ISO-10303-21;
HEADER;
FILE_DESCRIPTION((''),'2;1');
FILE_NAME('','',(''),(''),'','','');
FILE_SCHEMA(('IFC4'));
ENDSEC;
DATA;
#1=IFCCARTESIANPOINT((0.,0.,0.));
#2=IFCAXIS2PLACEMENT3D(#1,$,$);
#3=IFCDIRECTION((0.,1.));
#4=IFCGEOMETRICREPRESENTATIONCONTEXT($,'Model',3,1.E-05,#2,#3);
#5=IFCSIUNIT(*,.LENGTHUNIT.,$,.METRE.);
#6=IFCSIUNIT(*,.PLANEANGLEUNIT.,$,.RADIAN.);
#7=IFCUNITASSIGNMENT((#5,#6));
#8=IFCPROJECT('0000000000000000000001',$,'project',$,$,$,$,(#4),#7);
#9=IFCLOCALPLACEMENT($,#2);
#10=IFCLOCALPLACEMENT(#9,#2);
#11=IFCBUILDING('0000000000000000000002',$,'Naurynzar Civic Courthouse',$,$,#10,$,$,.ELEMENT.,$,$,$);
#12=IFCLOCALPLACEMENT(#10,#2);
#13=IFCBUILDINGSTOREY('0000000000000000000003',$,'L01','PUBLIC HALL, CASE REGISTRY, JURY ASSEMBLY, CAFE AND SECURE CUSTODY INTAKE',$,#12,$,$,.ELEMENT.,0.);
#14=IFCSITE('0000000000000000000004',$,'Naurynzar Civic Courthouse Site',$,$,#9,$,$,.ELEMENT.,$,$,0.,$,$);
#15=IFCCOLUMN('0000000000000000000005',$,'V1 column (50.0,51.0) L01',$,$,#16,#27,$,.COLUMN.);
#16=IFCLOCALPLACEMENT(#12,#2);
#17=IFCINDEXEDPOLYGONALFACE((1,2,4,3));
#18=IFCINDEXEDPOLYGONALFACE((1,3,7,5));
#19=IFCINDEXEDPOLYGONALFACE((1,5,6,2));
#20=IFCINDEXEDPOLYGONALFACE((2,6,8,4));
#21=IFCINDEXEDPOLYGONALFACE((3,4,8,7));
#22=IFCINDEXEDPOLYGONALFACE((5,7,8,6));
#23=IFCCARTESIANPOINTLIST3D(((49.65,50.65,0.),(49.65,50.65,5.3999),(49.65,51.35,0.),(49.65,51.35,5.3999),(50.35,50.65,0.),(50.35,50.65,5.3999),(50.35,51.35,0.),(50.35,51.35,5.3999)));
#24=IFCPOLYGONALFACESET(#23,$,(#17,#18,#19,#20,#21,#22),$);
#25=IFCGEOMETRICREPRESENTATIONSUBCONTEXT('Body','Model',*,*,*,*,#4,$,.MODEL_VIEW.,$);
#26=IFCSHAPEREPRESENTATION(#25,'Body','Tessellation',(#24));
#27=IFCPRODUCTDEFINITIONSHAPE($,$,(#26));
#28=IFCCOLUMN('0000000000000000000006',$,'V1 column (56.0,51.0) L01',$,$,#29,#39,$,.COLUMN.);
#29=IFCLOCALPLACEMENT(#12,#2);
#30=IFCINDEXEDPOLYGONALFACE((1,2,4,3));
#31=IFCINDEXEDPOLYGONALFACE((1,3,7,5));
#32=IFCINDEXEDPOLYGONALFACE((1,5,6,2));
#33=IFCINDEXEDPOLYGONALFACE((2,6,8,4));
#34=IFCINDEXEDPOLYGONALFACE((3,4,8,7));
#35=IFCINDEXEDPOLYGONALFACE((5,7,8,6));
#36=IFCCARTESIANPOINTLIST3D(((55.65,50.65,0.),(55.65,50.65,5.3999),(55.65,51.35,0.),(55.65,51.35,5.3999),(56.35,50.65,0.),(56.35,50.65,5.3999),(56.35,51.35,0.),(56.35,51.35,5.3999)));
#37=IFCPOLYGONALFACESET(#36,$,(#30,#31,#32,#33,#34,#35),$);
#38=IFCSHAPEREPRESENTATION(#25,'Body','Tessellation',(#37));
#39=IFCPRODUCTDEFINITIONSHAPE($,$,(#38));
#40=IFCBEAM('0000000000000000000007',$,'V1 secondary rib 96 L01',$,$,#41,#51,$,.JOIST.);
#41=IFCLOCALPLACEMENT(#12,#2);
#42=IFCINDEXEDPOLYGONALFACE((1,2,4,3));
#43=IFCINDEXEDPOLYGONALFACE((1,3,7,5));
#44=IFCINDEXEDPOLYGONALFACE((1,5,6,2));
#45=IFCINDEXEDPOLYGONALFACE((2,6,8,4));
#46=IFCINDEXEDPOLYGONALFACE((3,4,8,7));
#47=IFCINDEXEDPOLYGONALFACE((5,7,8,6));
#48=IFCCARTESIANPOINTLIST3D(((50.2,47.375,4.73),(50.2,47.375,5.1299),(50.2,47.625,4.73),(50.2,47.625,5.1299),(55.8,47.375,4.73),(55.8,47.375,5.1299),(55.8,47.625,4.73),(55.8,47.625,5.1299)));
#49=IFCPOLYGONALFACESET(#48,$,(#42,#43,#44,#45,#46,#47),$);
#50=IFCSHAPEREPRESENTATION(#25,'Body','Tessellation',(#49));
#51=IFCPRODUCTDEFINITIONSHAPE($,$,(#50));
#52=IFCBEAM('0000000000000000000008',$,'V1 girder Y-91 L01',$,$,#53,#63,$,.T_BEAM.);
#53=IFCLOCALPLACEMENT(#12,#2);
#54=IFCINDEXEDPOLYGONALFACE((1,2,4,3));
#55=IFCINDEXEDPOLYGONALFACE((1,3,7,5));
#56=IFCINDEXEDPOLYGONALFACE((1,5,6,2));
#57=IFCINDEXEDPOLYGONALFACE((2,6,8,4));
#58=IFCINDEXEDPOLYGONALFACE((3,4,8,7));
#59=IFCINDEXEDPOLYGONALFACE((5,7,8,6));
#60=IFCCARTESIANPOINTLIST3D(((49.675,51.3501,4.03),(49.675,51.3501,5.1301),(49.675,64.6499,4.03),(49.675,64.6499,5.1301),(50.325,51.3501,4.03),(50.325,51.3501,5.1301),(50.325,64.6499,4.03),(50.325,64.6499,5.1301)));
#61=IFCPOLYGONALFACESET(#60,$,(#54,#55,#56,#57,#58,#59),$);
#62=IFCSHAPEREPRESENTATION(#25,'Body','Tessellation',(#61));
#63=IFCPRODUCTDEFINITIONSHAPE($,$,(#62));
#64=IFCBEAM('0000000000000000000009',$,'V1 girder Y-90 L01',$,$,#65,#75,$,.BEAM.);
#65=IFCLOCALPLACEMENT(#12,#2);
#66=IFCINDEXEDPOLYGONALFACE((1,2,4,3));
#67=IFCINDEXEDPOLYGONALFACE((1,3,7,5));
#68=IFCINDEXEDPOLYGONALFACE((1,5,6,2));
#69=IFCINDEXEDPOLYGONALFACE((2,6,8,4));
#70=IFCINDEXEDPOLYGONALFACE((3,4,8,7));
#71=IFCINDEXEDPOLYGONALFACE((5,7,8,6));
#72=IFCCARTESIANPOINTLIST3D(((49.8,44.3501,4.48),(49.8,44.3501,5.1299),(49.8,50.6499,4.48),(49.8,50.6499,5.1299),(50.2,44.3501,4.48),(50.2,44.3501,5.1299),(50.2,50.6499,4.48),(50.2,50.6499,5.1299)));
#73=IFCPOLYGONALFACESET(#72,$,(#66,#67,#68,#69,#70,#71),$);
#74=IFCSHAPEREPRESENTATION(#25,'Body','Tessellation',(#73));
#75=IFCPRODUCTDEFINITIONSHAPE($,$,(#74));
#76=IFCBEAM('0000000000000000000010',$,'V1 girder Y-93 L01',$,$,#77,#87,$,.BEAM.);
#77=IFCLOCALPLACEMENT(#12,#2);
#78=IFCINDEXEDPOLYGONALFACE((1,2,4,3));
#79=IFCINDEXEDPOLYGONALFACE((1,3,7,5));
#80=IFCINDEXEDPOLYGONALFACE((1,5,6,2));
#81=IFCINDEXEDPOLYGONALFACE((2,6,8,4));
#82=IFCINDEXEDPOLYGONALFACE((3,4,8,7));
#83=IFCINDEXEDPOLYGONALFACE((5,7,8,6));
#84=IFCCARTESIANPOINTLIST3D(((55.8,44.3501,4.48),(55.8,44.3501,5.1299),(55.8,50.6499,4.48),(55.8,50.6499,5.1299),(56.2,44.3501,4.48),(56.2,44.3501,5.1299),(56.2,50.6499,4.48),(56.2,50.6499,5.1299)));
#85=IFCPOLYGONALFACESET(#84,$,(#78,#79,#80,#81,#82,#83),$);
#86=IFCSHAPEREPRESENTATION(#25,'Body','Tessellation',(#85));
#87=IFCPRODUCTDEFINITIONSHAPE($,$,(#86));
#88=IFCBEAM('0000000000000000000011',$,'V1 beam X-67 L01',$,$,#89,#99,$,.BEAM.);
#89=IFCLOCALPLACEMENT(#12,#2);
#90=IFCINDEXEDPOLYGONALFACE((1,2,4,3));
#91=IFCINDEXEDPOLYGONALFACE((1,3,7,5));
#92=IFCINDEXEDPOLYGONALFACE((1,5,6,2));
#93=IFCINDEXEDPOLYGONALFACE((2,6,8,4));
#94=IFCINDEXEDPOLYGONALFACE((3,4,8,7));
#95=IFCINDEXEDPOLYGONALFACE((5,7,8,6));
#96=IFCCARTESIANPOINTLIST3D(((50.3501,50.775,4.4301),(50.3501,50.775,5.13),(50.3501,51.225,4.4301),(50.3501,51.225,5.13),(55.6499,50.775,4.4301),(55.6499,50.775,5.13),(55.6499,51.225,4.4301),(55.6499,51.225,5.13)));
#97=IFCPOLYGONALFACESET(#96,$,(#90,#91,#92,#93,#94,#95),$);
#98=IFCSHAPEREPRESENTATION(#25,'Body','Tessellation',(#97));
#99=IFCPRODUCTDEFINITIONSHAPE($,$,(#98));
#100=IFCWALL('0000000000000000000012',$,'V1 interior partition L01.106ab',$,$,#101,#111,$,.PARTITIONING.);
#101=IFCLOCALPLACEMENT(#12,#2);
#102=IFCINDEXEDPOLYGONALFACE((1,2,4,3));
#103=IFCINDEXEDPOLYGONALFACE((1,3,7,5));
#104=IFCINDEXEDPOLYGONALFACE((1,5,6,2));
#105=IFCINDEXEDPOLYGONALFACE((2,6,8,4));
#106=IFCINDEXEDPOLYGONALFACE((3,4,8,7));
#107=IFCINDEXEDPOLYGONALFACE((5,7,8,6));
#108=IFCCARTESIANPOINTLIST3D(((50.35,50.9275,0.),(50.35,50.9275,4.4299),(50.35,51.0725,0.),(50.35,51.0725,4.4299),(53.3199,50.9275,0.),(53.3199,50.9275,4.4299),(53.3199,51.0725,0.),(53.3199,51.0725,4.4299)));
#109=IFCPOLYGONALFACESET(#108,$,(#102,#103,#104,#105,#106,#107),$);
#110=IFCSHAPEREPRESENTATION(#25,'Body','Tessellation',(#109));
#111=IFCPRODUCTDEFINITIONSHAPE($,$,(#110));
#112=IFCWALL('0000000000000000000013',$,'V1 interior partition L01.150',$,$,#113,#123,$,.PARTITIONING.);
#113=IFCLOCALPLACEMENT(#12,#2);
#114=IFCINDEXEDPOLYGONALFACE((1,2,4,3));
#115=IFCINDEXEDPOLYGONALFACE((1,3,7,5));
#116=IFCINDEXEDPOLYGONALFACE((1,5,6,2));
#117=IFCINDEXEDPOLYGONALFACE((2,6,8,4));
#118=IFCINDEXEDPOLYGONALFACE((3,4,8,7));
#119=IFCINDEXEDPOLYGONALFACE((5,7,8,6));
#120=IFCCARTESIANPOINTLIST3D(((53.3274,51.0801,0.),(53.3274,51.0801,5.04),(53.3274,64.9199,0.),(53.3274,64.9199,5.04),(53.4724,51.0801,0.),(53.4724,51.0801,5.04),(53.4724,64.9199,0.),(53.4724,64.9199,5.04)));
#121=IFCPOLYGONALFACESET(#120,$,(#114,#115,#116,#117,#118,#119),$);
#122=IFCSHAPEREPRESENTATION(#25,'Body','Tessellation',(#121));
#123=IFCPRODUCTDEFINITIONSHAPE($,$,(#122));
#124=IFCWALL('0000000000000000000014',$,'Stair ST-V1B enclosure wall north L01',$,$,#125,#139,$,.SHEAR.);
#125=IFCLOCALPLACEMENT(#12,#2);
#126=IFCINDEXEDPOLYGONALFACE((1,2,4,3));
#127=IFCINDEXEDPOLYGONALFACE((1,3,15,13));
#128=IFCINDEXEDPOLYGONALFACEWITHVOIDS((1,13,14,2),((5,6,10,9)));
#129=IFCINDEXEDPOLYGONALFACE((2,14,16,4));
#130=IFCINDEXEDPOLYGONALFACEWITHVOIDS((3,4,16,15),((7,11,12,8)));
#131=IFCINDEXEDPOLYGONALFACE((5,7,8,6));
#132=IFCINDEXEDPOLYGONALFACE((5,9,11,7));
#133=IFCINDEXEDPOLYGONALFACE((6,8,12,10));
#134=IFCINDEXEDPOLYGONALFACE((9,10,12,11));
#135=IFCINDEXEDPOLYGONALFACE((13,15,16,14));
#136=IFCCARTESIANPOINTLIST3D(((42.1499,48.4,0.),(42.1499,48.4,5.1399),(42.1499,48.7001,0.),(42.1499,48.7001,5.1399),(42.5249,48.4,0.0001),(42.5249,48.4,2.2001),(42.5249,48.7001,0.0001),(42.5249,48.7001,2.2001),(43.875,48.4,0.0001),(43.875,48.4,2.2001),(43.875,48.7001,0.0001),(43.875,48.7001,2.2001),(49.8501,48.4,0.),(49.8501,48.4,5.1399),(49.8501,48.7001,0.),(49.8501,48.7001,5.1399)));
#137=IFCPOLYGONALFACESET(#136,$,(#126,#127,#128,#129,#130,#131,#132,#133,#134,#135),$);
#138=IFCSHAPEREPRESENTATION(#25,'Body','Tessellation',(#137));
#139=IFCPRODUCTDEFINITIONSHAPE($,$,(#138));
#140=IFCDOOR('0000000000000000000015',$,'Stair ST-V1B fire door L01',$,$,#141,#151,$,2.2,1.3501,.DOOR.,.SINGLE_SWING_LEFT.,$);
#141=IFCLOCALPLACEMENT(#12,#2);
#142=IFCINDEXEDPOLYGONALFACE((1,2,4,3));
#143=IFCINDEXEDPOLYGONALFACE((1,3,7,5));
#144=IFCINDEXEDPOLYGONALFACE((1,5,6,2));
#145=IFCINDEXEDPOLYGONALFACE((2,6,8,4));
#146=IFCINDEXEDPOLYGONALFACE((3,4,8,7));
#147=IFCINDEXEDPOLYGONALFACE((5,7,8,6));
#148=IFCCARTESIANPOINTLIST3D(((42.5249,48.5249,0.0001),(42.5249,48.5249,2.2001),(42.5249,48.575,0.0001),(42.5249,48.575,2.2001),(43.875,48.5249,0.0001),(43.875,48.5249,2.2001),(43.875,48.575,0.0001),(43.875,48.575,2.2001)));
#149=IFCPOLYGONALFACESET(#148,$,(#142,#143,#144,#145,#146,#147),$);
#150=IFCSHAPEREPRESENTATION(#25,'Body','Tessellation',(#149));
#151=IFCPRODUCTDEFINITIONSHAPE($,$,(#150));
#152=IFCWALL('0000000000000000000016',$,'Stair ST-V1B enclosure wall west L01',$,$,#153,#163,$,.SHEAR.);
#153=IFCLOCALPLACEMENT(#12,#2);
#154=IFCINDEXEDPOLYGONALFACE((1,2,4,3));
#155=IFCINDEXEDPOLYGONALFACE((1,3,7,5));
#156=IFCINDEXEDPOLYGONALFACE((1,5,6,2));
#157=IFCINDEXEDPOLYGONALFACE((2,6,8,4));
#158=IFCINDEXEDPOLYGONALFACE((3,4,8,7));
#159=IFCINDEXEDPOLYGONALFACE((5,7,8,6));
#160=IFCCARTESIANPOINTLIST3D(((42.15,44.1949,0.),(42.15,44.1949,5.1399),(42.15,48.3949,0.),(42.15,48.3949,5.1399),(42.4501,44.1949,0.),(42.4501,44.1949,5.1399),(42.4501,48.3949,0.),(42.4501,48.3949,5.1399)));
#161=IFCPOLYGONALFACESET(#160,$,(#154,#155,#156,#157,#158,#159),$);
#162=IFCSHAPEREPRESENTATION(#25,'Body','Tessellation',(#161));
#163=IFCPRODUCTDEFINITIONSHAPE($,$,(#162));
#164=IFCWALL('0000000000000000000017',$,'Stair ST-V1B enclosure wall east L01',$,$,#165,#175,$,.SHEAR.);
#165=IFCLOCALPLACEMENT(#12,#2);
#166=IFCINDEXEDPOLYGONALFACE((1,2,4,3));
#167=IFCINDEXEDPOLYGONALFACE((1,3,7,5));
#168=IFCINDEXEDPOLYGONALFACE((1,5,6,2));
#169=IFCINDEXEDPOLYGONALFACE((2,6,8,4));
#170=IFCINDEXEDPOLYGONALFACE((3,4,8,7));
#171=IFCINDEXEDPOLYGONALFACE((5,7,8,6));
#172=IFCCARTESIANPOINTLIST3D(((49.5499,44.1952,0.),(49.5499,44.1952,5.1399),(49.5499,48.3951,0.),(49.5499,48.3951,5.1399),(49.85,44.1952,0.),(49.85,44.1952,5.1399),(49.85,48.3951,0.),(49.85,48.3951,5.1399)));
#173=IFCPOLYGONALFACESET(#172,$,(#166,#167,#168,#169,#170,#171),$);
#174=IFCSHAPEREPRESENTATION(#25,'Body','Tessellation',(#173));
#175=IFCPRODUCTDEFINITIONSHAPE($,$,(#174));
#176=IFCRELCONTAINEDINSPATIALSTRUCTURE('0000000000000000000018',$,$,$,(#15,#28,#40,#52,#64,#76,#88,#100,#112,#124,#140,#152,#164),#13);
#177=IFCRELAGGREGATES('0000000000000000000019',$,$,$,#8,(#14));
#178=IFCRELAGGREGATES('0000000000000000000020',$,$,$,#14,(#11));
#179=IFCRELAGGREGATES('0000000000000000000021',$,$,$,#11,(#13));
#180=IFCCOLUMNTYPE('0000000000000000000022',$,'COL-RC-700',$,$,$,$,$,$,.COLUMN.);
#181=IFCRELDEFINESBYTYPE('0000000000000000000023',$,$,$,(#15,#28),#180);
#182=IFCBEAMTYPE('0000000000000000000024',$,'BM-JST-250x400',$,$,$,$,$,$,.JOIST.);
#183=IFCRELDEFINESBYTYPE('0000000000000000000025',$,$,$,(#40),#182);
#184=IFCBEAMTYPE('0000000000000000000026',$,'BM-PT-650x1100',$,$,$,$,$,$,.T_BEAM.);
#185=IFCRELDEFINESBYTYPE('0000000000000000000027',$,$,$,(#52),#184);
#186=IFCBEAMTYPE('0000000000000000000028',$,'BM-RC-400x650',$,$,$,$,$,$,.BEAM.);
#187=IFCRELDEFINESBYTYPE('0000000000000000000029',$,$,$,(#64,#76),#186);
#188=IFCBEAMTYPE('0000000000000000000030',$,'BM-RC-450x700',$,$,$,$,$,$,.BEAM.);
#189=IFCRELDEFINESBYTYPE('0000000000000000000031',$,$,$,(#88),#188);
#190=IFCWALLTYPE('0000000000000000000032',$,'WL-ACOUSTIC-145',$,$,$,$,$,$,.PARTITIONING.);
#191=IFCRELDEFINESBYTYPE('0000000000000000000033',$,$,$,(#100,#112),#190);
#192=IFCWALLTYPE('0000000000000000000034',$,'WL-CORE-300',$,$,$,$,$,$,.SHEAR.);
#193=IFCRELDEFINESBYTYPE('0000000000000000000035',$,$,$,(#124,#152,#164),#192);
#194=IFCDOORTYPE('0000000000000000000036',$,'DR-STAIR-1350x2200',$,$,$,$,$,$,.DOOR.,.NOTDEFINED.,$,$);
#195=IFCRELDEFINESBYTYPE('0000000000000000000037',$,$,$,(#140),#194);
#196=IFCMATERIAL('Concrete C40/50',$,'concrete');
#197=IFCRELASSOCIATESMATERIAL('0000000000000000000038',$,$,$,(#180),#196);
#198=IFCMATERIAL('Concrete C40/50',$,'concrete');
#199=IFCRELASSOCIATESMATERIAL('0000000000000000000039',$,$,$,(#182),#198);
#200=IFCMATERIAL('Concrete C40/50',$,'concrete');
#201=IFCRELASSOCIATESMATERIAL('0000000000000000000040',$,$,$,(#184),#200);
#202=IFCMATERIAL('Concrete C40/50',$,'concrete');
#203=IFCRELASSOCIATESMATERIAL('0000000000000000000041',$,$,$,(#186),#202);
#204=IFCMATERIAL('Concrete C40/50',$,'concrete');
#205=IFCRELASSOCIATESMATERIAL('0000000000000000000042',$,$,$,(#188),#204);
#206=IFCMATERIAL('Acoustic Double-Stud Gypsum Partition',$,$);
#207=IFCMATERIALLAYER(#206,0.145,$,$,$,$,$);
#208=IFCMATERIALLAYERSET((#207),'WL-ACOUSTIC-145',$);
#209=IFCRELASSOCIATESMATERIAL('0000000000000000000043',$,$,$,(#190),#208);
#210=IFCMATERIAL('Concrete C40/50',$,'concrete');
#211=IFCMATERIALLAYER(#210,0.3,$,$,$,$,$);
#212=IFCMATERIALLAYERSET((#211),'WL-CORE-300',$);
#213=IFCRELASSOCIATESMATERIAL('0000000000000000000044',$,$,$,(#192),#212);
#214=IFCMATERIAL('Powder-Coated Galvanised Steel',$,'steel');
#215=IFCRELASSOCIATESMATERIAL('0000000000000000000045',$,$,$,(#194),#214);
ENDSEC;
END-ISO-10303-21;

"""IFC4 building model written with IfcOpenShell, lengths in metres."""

from ifc_helpers import new_model, si_unit, direction, frame, frame_2d, origin, origin_2d, place, context, subcontext, project, spatial, rectangle, extrude, material, layer, layer_set, material_profile, profile_set, type_object, element, fill, save


model = new_model("IFC4")

# Units and contexts
model_context = context("Model", 3, precision=1e-05, world=origin(), true_north=direction((0.0, 1.0)))
body_context = subcontext(model_context, "Body", "Model", "MODEL_VIEW")
ifc_project = project(units=[si_unit("LENGTHUNIT", "METRE"), si_unit("PLANEANGLEUNIT", "RADIAN")], contexts=[model_context])

# Site, building, storey
site_placement = place(None, origin())
site = spatial("IfcSite", under=ifc_project, at=site_placement, Name="Naurynzar Civic Courthouse Site", CompositionType="ELEMENT", RefElevation=0.0)
building_placement = place(site_placement, origin())
building = spatial("IfcBuilding", under=site, at=building_placement, Name="Naurynzar Civic Courthouse", CompositionType="ELEMENT")
storey_placement = place(building_placement, origin())
storey = spatial("IfcBuildingStorey", under=building, at=storey_placement, Name="L01", Description="PUBLIC HALL, CASE REGISTRY, JURY ASSEMBLY, CAFE AND SECURE CUSTODY INTAKE", CompositionType="ELEMENT", Elevation=0.0)

# Columns
ifc_material_1 = material(Name="Concrete C40/50", Category="concrete")
ifc_material_profile_1 = material_profile(ifc_material_1, rectangle(XDim=0.7, YDim=0.7, at=origin_2d()), Name="RC 700x700")
ifc_profile_set_1 = profile_set([ifc_material_profile_1], Name="Concrete C40/50")
column_type = type_object("IfcColumnType", Name="COL-RC-700", PredefinedType="COLUMN", material=ifc_profile_set_1)
for number, where, z_axis, x_axis, name in (
    (1, (50.0, 51.0, 0.0), (0.0, 0.0, 1.0), (1.0, 0.0, 0.0), "V1 column (50.0,51.0) L01"),
    (2, (56.0, 51.0, 0.0), (0.0, 0.0, 1.0), (1.0, 0.0, 0.0), "V1 column (56.0,51.0) L01"),
):
    element("IfcColumn", number, at=place(storey_placement, frame(where, z_axis=z_axis, x_axis=x_axis)), inside=storey, type_object=column_type, Name=name, PredefinedType="COLUMN", context=body_context, shape_type="SweptSolid", body=[
        extrude(rectangle(XDim=0.7, YDim=0.7, at=origin_2d()), origin(), (0.0, 0.0, 1.0), 5.3999),
    ])

# Beams
ifc_material_2 = material(Name="Concrete C40/50", Category="concrete")
ifc_material_profile_2 = material_profile(ifc_material_2, rectangle(XDim=0.25, YDim=0.3999, at=origin_2d()), Name="RCB 250x400")
ifc_profile_set_2 = profile_set([ifc_material_profile_2], Name="Concrete C40/50")
beam_type_1 = type_object("IfcBeamType", Name="BM-JST-250x400", PredefinedType="JOIST", material=ifc_profile_set_2)
beam_1_placement = place(storey_placement, frame((50.2, 47.5, 4.9299), z_axis=(1.0, 0.0, 0.0), x_axis=(0.0, 1.0, 0.0)))
element("IfcBeam", 3, at=beam_1_placement, inside=storey, type_object=beam_type_1, Name="V1 secondary rib 96 L01", PredefinedType="JOIST", context=body_context, shape_type="SweptSolid", body=[
    extrude(rectangle(XDim=0.25, YDim=0.3999, at=origin_2d()), origin(), (0.0, 0.0, 1.0), 5.6001),
])
ifc_material_3 = material(Name="Concrete C40/50", Category="concrete")
ifc_material_profile_3 = material_profile(ifc_material_3, rectangle(XDim=0.6499, YDim=1.1001, at=origin_2d()), Name="PTB 650x1100")
ifc_profile_set_3 = profile_set([ifc_material_profile_3], Name="Concrete C40/50")
beam_type_2 = type_object("IfcBeamType", Name="BM-PT-650x1100", PredefinedType="T_BEAM", material=ifc_profile_set_3)
beam_2_placement = place(storey_placement, frame((50.0, 51.3501, 4.5801), z_axis=(0.0, 1.0, 0.0), x_axis=(-1.0, 0.0, 0.0)))
element("IfcBeam", 4, at=beam_2_placement, inside=storey, type_object=beam_type_2, Name="V1 girder Y-91 L01", PredefinedType="T_BEAM", context=body_context, shape_type="SweptSolid", body=[
    extrude(rectangle(XDim=0.6499, YDim=1.1001, at=origin_2d()), origin(), (0.0, 0.0, 1.0), 13.2998),
])
ifc_material_4 = material(Name="Concrete C40/50", Category="concrete")
ifc_material_profile_4 = material_profile(ifc_material_4, rectangle(XDim=0.3999, YDim=0.6499, at=origin_2d()), Name="RCB 400x650")
ifc_profile_set_4 = profile_set([ifc_material_profile_4], Name="Concrete C40/50")
beam_type_3 = type_object("IfcBeamType", Name="BM-RC-400x650", PredefinedType="BEAM", material=ifc_profile_set_4)
for number, where, z_axis, x_axis, name in (
    (5, (50.0, 44.3501, 4.8049), (0.0, 1.0, 0.0), (-1.0, 0.0, 0.0), "V1 girder Y-90 L01"),
    (6, (56.0, 44.3501, 4.8049), (0.0, 1.0, 0.0), (-1.0, 0.0, 0.0), "V1 girder Y-93 L01"),
):
    element("IfcBeam", number, at=place(storey_placement, frame(where, z_axis=z_axis, x_axis=x_axis)), inside=storey, type_object=beam_type_3, Name=name, PredefinedType="BEAM", context=body_context, shape_type="SweptSolid", body=[
        extrude(rectangle(XDim=0.3999, YDim=0.6499, at=origin_2d()), origin(), (0.0, 0.0, 1.0), 6.2998),
    ])
ifc_material_5 = material(Name="Concrete C40/50", Category="concrete")
ifc_material_profile_5 = material_profile(ifc_material_5, rectangle(XDim=0.45, YDim=0.7, at=origin_2d()), Name="RCB 450x700")
ifc_profile_set_5 = profile_set([ifc_material_profile_5], Name="Concrete C40/50")
beam_type_4 = type_object("IfcBeamType", Name="BM-RC-450x700", PredefinedType="BEAM", material=ifc_profile_set_5)
beam_3_placement = place(storey_placement, frame((50.3501, 51.0, 4.78), z_axis=(1.0, 0.0, 0.0), x_axis=(0.0, 1.0, 0.0)))
element("IfcBeam", 7, at=beam_3_placement, inside=storey, type_object=beam_type_4, Name="V1 beam X-67 L01", PredefinedType="BEAM", context=body_context, shape_type="SweptSolid", body=[
    extrude(rectangle(XDim=0.45, YDim=0.7, at=origin_2d()), origin(), (0.0, 0.0, 1.0), 5.2998),
])

# Walls
ifc_material_6 = material(Name="Acoustic Double-Stud Gypsum Partition")
ifc_layer_1 = layer(ifc_material_6, 0.145)
ifc_layer_set_1 = layer_set([ifc_layer_1], Name="WL-ACOUSTIC-145")
wall_type_1 = type_object("IfcWallType", Name="WL-ACOUSTIC-145", PredefinedType="PARTITIONING", material=ifc_layer_set_1)
wall_1_placement = place(storey_placement, frame((50.3501, 51.0, 0.0), z_axis=(0.0, 0.0, 1.0), x_axis=(1.0, 0.0, 0.0)))
element("IfcWall", 8, at=wall_1_placement, inside=storey, type_object=wall_type_1, Name="V1 interior partition L01.106ab", PredefinedType="PARTITIONING", context=body_context, shape_type="SweptSolid", body=[
    extrude(rectangle(XDim=2.97, YDim=0.145, at=frame_2d((1.4849, 0.0))), origin(), (0.0, 0.0, 1.0), 4.4299),
])
wall_2_placement = place(storey_placement, frame((53.3999, 51.0801, 0.0), z_axis=(0.0, 0.0, 1.0), x_axis=(0.0, 1.0, 0.0)))
element("IfcWall", 9, at=wall_2_placement, inside=storey, type_object=wall_type_1, Name="V1 interior partition L01.150", PredefinedType="PARTITIONING", context=body_context, shape_type="SweptSolid", body=[
    extrude(rectangle(XDim=13.8398, YDim=0.145, at=frame_2d((6.9199, 0.0))), origin(), (0.0, 0.0, 1.0), 5.04),
])

# Wall, opening, door
ifc_material_7 = material(Name="Concrete C40/50", Category="concrete")
ifc_layer_2 = layer(ifc_material_7, 0.3)
ifc_layer_set_2 = layer_set([ifc_layer_2], Name="WL-CORE-300")
wall_type_2 = type_object("IfcWallType", Name="WL-CORE-300", PredefinedType="SHEAR", material=ifc_layer_set_2)
wall_3_placement = place(storey_placement, frame((42.1499, 48.55, 0.0), z_axis=(0.0, 0.0, 1.0), x_axis=(1.0, 0.0, 0.0)))
wall_3 = element("IfcWall", 10, at=wall_3_placement, inside=storey, type_object=wall_type_2, Name="Stair ST-V1B enclosure wall north L01", PredefinedType="SHEAR", context=body_context, shape_type="SweptSolid", body=[
    extrude(rectangle(XDim=7.7002, YDim=0.3, at=frame_2d((3.8501, 0.0))), origin(), (0.0, 0.0, 1.0), 5.1399),
])
opening_1_placement = place(wall_3_placement, frame((0.375, 0.0, 0.0)))
opening_1 = element("IfcOpeningElement", 11, at=opening_1_placement, cuts=wall_3, PredefinedType="OPENING", context=body_context, shape_type="SweptSolid", body=[
    extrude(rectangle(XDim=1.3501, YDim=2.2, at=frame_2d((0.675, 1.1001))), frame((0.0, 0.1599, 0.0), z_axis=(0.0, -1.0, 0.0), x_axis=(1.0, 0.0, 0.0)), (0.0, 0.0, 1.0), 0.3201),
])
ifc_material_8 = material(Name="Powder-Coated Galvanised Steel", Category="steel")
door_type_1 = type_object("IfcDoorType", Name="DR-STAIR-1350x2200", OperationType="NOTDEFINED", PredefinedType="DOOR", material=ifc_material_8)
door_1_placement = place(opening_1_placement, origin())
door_1 = element("IfcDoor", 12, at=door_1_placement, inside=storey, type_object=door_type_1, Name="Stair ST-V1B fire door L01", OperationType="SINGLE_SWING_LEFT", OverallHeight=2.2, OverallWidth=1.3501, PredefinedType="DOOR", context=body_context, shape_type="SweptSolid", body=[
    extrude(rectangle(XDim=1.3501, YDim=2.2, at=frame_2d((0.675, 1.1001))), frame((0.0, 0.0249, 0.0), z_axis=(0.0, -1.0, 0.0), x_axis=(1.0, 0.0, 0.0)), (0.0, 0.0, 1.0), 0.05),
])
fill(opening_1, door_1)

# Walls
for number, where, z_axis, x_axis, name in (
    (13, (42.3, 48.395, 0.0), (0.0, 0.0, 1.0), (0.0, -1.0, 0.0), "Stair ST-V1B enclosure wall west L01"),
    (14, (49.7, 44.1951, 0.0), (0.0, 0.0, 1.0), (0.0, 1.0, 0.0), "Stair ST-V1B enclosure wall east L01"),
):
    element("IfcWall", number, at=place(storey_placement, frame(where, z_axis=z_axis, x_axis=x_axis)), inside=storey, type_object=wall_type_2, Name=name, PredefinedType="SHEAR", context=body_context, shape_type="SweptSolid", body=[
        extrude(rectangle(XDim=4.2, YDim=0.3, at=frame_2d((2.1001, 0.0))), origin(), (0.0, 0.0, 1.0), 5.1399),
    ])

save(model, "model.ifc")
